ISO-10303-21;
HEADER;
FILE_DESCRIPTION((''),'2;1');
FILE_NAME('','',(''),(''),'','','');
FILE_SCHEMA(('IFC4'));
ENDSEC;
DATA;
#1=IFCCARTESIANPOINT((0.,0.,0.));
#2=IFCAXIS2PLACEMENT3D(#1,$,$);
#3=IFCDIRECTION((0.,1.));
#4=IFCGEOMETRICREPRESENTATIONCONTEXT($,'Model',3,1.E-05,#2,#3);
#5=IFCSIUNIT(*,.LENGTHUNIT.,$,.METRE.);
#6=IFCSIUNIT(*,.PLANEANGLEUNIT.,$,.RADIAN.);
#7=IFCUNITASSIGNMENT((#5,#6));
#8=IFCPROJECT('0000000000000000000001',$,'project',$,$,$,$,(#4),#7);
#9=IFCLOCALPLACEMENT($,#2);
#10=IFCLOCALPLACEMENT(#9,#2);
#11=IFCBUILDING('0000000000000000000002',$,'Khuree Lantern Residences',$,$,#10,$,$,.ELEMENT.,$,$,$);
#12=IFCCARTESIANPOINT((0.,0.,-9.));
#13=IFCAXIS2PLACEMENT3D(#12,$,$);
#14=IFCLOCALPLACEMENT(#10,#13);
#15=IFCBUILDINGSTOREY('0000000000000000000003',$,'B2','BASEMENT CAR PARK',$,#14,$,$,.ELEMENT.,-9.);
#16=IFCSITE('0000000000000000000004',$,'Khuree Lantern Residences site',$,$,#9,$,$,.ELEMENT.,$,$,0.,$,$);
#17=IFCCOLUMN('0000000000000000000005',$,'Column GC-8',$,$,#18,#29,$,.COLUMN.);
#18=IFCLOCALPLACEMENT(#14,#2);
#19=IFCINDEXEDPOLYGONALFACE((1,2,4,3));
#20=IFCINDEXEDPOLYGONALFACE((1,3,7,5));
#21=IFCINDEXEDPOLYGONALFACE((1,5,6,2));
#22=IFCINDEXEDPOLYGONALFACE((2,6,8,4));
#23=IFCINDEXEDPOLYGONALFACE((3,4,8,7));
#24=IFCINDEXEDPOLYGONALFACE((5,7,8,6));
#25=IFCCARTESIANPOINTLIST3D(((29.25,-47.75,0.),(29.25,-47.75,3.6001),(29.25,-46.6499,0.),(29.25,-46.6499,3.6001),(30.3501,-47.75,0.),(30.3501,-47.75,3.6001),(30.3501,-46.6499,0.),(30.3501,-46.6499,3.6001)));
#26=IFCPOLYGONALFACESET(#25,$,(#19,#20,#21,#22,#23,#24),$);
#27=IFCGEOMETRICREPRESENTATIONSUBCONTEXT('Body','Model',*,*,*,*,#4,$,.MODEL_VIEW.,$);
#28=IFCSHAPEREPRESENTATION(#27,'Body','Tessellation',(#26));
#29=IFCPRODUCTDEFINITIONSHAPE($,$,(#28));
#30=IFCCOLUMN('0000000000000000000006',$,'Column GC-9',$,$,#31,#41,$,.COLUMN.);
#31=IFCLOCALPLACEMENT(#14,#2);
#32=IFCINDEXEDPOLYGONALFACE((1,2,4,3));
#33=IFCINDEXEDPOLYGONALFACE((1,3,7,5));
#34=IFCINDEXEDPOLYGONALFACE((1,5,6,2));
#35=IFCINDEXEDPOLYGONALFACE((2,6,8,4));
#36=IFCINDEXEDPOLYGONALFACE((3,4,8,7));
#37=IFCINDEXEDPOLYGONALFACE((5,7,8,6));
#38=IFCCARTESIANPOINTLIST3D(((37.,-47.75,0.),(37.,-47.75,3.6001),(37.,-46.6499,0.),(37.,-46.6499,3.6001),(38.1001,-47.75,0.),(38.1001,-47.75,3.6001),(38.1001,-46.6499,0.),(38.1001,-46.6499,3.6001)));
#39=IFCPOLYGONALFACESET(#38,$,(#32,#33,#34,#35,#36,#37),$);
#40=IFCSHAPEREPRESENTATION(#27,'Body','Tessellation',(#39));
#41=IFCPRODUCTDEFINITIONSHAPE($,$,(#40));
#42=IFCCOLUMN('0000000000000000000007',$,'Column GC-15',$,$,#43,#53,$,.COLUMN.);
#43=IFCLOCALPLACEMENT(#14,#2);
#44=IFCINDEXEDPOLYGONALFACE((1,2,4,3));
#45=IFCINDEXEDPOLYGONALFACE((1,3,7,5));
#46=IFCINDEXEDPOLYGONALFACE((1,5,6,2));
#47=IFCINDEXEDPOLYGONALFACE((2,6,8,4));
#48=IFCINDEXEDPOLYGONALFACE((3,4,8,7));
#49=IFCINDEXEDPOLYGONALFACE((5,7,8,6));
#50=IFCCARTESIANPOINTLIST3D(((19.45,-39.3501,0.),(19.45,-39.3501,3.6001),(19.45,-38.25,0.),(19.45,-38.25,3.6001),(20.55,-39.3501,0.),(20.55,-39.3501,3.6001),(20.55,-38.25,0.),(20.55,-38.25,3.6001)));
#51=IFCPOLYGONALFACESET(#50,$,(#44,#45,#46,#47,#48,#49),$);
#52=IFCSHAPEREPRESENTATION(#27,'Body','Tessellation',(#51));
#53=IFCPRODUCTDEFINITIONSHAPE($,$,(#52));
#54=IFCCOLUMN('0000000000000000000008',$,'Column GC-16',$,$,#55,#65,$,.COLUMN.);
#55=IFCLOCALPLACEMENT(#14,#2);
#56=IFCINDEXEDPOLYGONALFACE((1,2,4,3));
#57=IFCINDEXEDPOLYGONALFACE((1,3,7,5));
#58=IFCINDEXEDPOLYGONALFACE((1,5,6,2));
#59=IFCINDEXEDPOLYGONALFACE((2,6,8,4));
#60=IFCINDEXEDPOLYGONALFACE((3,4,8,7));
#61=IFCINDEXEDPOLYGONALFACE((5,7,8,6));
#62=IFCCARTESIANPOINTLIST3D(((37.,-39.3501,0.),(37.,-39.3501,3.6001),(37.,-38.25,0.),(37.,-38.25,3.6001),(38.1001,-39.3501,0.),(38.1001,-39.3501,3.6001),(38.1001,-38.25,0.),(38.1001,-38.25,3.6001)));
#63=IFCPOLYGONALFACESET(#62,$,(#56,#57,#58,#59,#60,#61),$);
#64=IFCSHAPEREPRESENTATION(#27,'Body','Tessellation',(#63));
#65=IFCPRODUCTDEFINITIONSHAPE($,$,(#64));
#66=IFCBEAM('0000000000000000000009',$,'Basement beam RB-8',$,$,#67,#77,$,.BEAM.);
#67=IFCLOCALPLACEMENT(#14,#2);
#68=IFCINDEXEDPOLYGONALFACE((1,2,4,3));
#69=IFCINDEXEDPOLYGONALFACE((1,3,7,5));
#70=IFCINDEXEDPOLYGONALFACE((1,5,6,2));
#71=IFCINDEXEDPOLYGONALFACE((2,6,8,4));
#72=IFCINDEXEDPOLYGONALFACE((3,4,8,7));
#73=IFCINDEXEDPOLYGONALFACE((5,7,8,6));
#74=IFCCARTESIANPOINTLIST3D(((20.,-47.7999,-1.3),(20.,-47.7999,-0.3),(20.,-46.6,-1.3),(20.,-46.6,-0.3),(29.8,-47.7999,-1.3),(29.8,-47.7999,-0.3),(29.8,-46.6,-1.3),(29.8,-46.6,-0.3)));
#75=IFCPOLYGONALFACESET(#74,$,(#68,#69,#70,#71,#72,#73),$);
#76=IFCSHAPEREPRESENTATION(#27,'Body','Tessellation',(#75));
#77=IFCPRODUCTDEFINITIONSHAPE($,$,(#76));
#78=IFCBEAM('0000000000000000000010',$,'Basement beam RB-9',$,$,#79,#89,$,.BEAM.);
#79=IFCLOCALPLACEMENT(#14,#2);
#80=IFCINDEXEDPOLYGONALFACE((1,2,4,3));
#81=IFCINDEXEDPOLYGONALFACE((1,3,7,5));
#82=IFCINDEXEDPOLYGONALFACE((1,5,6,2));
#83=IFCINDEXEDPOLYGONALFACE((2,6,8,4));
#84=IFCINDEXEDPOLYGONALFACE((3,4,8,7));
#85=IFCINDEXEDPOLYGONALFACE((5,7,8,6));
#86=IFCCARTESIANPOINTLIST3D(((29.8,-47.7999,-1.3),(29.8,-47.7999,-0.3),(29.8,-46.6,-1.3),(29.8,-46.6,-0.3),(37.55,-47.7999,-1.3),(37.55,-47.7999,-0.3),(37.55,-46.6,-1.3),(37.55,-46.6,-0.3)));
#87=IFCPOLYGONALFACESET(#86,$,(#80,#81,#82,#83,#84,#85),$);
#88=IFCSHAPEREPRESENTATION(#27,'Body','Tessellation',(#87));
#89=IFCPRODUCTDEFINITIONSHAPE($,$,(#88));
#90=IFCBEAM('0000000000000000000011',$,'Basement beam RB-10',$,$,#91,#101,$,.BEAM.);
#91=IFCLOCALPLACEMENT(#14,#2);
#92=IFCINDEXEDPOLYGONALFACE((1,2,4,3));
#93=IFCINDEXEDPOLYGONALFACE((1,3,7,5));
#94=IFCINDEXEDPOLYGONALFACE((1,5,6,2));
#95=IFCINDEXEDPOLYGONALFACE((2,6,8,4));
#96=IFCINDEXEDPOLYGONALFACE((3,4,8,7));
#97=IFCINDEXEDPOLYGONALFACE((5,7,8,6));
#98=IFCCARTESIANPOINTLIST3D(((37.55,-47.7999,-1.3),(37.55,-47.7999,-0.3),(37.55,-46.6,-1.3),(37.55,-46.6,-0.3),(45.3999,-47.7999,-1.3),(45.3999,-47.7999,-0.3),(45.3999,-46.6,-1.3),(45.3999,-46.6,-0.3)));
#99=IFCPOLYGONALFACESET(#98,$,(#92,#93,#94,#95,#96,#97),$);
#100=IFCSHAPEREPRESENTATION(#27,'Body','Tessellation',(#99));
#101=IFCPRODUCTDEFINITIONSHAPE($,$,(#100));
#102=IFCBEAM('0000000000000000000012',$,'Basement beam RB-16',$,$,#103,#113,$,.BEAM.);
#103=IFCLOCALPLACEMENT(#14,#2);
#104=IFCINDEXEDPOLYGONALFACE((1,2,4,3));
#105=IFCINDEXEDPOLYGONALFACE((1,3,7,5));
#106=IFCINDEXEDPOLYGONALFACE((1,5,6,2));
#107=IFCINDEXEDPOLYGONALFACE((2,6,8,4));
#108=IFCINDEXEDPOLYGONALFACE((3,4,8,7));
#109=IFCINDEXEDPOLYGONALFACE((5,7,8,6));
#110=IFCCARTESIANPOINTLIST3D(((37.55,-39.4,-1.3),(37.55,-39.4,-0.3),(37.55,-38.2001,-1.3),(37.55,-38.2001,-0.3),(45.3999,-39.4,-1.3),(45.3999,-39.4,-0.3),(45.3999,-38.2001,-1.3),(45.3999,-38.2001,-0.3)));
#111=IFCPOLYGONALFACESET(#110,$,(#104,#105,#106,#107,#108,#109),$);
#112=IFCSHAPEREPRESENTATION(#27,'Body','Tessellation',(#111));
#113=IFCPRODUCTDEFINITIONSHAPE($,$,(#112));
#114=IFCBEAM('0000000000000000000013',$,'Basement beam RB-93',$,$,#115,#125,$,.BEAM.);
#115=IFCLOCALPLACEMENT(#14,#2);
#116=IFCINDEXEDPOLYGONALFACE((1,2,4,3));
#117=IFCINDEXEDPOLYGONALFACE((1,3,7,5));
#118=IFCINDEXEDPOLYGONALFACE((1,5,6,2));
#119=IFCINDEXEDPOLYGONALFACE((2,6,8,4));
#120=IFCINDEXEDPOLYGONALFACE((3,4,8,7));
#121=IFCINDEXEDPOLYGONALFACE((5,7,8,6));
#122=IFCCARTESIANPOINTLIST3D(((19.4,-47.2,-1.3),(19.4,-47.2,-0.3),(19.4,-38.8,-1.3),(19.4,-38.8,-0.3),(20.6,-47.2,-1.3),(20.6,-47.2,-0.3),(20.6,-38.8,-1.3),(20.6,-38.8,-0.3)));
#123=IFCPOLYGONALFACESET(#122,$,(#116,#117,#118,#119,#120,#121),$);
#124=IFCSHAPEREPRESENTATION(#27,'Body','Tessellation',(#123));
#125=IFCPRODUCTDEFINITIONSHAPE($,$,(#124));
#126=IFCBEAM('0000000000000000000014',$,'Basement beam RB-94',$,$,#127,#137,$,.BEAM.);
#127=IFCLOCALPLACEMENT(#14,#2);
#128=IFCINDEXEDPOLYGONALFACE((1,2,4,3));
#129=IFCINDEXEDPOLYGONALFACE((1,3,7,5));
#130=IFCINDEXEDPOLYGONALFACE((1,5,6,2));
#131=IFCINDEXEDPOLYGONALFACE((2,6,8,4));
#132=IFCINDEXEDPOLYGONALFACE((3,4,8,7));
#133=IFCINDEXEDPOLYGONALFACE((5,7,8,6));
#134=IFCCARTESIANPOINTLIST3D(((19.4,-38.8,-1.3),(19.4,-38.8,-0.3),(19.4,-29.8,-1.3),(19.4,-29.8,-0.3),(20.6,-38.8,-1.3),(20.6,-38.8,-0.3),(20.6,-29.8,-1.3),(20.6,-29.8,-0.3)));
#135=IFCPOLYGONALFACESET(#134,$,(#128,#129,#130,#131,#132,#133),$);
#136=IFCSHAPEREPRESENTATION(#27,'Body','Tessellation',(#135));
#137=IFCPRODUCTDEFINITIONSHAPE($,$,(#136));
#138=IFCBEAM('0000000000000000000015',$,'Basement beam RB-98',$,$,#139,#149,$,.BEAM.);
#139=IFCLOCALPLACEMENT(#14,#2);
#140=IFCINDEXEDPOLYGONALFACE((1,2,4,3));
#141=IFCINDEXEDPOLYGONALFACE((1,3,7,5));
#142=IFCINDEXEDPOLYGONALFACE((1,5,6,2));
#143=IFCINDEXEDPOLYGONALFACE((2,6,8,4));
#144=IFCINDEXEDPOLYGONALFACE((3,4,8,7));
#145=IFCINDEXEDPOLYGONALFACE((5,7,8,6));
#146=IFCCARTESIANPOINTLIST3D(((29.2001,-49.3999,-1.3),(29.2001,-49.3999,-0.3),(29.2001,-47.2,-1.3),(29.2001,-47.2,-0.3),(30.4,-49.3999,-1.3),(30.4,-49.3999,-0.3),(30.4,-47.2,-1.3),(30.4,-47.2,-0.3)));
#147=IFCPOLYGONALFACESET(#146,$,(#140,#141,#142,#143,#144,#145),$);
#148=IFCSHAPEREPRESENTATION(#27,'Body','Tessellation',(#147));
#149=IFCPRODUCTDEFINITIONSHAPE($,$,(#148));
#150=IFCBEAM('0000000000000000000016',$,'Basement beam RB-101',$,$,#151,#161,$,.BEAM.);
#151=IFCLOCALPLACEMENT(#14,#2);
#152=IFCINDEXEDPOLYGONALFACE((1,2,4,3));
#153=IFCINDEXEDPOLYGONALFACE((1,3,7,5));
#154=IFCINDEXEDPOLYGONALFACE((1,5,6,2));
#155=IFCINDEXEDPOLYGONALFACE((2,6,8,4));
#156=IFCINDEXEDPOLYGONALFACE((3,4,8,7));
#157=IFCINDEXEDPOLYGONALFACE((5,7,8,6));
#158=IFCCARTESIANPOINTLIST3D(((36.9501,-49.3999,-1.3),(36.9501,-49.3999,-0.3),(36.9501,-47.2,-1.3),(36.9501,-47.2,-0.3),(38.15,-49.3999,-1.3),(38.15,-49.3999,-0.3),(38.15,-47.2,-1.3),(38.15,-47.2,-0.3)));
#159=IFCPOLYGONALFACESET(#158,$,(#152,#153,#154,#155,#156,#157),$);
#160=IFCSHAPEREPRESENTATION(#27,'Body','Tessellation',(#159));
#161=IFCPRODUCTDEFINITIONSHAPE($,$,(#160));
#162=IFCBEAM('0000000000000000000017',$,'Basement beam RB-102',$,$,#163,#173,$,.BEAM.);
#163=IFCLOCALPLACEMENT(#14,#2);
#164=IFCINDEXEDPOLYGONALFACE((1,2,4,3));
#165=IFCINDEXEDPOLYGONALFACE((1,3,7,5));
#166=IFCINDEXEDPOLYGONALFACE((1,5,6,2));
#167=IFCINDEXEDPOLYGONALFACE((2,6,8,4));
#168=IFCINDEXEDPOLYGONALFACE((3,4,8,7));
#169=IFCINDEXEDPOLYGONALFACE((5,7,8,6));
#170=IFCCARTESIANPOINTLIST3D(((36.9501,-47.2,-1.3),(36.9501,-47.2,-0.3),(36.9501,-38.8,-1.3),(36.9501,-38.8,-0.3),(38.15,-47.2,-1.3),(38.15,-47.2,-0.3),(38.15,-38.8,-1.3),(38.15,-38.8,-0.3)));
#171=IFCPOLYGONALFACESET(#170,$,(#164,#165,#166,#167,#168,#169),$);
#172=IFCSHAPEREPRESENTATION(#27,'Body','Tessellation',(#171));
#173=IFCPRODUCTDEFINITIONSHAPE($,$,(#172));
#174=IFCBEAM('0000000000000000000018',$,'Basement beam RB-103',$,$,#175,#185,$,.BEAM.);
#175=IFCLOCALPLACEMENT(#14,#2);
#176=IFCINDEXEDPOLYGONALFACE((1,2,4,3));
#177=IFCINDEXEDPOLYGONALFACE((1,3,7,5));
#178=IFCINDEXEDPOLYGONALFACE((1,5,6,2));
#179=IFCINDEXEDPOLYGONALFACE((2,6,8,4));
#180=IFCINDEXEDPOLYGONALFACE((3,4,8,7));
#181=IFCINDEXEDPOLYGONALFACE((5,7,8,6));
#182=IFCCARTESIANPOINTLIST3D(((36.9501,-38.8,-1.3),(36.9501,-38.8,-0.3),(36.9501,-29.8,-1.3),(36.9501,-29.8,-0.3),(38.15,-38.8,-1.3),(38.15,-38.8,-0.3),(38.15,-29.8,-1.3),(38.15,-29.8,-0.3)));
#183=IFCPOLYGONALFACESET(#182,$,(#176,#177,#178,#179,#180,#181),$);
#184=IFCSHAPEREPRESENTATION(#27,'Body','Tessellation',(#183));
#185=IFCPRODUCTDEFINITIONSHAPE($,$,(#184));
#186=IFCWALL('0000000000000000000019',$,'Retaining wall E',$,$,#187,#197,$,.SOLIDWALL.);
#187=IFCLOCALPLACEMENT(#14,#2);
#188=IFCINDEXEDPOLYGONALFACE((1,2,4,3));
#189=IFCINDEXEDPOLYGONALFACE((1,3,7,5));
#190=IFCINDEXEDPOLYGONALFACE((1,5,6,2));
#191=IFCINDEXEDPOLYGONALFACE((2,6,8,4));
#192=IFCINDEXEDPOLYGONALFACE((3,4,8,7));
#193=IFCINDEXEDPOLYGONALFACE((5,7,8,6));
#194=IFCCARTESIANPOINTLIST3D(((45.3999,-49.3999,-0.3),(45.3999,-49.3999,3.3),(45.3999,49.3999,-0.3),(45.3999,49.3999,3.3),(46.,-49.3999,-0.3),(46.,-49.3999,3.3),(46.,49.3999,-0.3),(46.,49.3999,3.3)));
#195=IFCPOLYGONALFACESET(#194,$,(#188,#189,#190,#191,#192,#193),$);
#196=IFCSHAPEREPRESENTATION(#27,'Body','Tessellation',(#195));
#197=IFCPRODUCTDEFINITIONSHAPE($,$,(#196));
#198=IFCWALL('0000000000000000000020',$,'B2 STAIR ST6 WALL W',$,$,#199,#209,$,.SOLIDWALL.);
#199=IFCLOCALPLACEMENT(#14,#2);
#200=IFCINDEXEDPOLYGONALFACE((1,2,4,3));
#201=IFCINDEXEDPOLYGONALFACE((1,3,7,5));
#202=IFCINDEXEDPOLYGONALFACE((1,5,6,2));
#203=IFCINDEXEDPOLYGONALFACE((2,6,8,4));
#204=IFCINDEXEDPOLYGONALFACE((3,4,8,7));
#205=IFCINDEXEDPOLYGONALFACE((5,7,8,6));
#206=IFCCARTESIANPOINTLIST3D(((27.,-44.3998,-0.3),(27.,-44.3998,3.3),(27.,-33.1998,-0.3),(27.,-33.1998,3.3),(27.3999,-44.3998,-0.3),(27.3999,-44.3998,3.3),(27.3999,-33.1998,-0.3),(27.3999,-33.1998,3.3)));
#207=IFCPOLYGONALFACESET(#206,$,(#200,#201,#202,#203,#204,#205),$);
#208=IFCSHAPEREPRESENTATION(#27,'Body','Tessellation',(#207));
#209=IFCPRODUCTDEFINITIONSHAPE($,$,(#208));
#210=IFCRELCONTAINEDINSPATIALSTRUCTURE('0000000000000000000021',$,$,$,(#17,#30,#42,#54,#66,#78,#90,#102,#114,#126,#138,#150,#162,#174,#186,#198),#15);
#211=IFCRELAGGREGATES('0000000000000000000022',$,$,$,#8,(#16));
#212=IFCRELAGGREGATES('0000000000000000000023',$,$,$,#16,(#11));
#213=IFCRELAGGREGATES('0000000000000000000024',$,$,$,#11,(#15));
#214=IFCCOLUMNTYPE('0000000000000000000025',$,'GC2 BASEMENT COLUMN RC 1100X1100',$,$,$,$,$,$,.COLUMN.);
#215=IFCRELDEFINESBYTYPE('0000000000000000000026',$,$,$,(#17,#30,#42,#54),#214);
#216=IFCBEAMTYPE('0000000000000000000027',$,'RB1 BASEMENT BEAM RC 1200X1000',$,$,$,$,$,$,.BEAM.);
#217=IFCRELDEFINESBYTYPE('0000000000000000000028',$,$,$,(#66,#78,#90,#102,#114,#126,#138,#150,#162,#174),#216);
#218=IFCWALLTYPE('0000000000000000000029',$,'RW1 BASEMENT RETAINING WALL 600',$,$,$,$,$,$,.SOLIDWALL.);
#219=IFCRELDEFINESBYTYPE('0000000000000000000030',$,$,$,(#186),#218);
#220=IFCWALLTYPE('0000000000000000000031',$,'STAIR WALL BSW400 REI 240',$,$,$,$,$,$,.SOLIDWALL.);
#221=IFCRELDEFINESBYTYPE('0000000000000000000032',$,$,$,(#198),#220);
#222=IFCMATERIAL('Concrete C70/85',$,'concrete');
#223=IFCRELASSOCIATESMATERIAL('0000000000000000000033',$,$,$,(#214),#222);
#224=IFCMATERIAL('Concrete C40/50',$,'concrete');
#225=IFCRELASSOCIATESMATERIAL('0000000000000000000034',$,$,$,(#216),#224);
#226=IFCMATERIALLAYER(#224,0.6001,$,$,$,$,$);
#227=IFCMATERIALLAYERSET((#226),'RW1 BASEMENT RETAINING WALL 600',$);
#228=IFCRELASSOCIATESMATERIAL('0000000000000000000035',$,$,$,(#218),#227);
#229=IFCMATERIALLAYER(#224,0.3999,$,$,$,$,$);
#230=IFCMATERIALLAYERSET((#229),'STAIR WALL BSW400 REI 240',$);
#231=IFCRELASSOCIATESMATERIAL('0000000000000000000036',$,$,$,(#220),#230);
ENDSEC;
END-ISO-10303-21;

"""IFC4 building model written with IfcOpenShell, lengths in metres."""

from ifc_helpers import new_model, si_unit, direction, frame, frame_2d, origin, origin_2d, place, context, subcontext, project, spatial, rectangle, extrude, material, layer, layer_set, material_profile, profile_set, type_object, element, save


model = new_model("IFC4")

# Units and contexts
model_context = context("Model", 3, precision=1e-05, world=origin(), true_north=direction((0.0, 1.0)))
body_context = subcontext(model_context, "Body", "Model", "MODEL_VIEW")
ifc_project = project(units=[si_unit("LENGTHUNIT", "METRE"), si_unit("PLANEANGLEUNIT", "RADIAN")], contexts=[model_context])

# Site, building, storey
site_placement = place(None, origin())
site = spatial("IfcSite", under=ifc_project, at=site_placement, Name="Khuree Lantern Residences site", CompositionType="ELEMENT", RefElevation=0.0)
building_placement = place(site_placement, origin())
building = spatial("IfcBuilding", under=site, at=building_placement, Name="Khuree Lantern Residences", CompositionType="ELEMENT")
storey_placement = place(building_placement, frame((0.0, 0.0, -9.0)))
storey = spatial("IfcBuildingStorey", under=building, at=storey_placement, Name="B2", Description="BASEMENT CAR PARK", CompositionType="ELEMENT", Elevation=-9.0)

# Columns
ifc_material_1 = material(Name="Concrete C70/85", Category="concrete")
ifc_material_profile_1 = material_profile(ifc_material_1, rectangle(XDim=1.1001, YDim=1.1001, at=origin_2d()), Name="RC 1100X1100")
ifc_profile_set_1 = profile_set([ifc_material_profile_1], Name="Concrete C70/85")
column_type = type_object("IfcColumnType", Name="GC2 BASEMENT COLUMN RC 1100X1100", PredefinedType="COLUMN", material=ifc_profile_set_1)
for number, where, z_axis, x_axis, name in (
    (1, (29.8, -47.2, 0.0), (0.0, 0.0, 1.0), (1.0, 0.0, 0.0), "Column GC-8"),
    (2, (37.55, -47.2, 0.0), (0.0, 0.0, 1.0), (1.0, 0.0, 0.0), "Column GC-9"),
    (3, (20.0, -38.8, 0.0), (0.0, 0.0, 1.0), (1.0, 0.0, 0.0), "Column GC-15"),
    (4, (37.55, -38.8, 0.0), (0.0, 0.0, 1.0), (1.0, 0.0, 0.0), "Column GC-16"),
):
    element("IfcColumn", number, at=place(storey_placement, frame(where, z_axis=z_axis, x_axis=x_axis)), inside=storey, type_object=column_type, Name=name, PredefinedType="COLUMN", context=body_context, shape_type="SweptSolid", body=[
        extrude(rectangle(XDim=1.1001, YDim=1.1001, at=origin_2d()), origin(), (0.0, 0.0, 1.0), 3.6001),
    ])

# Beams
ifc_material_2 = material(Name="Concrete C40/50", Category="concrete")
ifc_material_profile_2 = material_profile(ifc_material_2, rectangle(XDim=1.2, YDim=1.0, at=origin_2d()), Name="RC 1200X1000")
ifc_profile_set_2 = profile_set([ifc_material_profile_2], Name="Concrete C40/50")
beam_type = type_object("IfcBeamType", Name="RB1 BASEMENT BEAM RC 1200X1000", PredefinedType="BEAM", material=ifc_profile_set_2)
beam_1_placement = place(storey_placement, frame((20.0, -47.2, -0.8), z_axis=(1.0, 0.0, 0.0), x_axis=(0.0, 1.0, 0.0)))
element("IfcBeam", 5, at=beam_1_placement, inside=storey, type_object=beam_type, Name="Basement beam RB-8", PredefinedType="BEAM", context=body_context, shape_type="SweptSolid", body=[
    extrude(rectangle(XDim=1.2, YDim=1.0, at=origin_2d()), origin(), (0.0, 0.0, 1.0), 9.8),
])
beam_2_placement = place(storey_placement, frame((29.8, -47.2, -0.8), z_axis=(1.0, 0.0, 0.0), x_axis=(0.0, 1.0, 0.0)))
element("IfcBeam", 6, at=beam_2_placement, inside=storey, type_object=beam_type, Name="Basement beam RB-9", PredefinedType="BEAM", context=body_context, shape_type="SweptSolid", body=[
    extrude(rectangle(XDim=1.2, YDim=1.0, at=origin_2d()), origin(), (0.0, 0.0, 1.0), 7.75),
])
for number, where, z_axis, x_axis, name in (
    (7, (37.55, -47.2, -0.8), (1.0, 0.0, 0.0), (0.0, 1.0, 0.0), "Basement beam RB-10"),
    (8, (37.55, -38.8, -0.8), (1.0, 0.0, 0.0), (0.0, 1.0, 0.0), "Basement beam RB-16"),
):
    element("IfcBeam", number, at=place(storey_placement, frame(where, z_axis=z_axis, x_axis=x_axis)), inside=storey, type_object=beam_type, Name=name, PredefinedType="BEAM", context=body_context, shape_type="SweptSolid", body=[
        extrude(rectangle(XDim=1.2, YDim=1.0, at=origin_2d()), origin(), (0.0, 0.0, 1.0), 7.8499),
    ])
beam_3_placement = place(storey_placement, frame((20.0, -47.2, -0.8), z_axis=(0.0, 1.0, 0.0), x_axis=(-1.0, 0.0, 0.0)))
element("IfcBeam", 9, at=beam_3_placement, inside=storey, type_object=beam_type, Name="Basement beam RB-93", PredefinedType="BEAM", context=body_context, shape_type="SweptSolid", body=[
    extrude(rectangle(XDim=1.2, YDim=1.0, at=origin_2d()), origin(), (0.0, 0.0, 1.0), 8.3999),
])
beam_4_placement = place(storey_placement, frame((20.0, -38.8, -0.8), z_axis=(0.0, 1.0, 0.0), x_axis=(-1.0, 0.0, 0.0)))
element("IfcBeam", 10, at=beam_4_placement, inside=storey, type_object=beam_type, Name="Basement beam RB-94", PredefinedType="BEAM", context=body_context, shape_type="SweptSolid", body=[
    extrude(rectangle(XDim=1.2, YDim=1.0, at=origin_2d()), origin(), (0.0, 0.0, 1.0), 9.0),
])
for number, where, z_axis, x_axis, name in (
    (11, (29.8, -49.3999, -0.8), (0.0, 1.0, 0.0), (-1.0, 0.0, 0.0), "Basement beam RB-98"),
    (12, (37.55, -49.3999, -0.8), (0.0, 1.0, 0.0), (-1.0, 0.0, 0.0), "Basement beam RB-101"),
):
    element("IfcBeam", number, at=place(storey_placement, frame(where, z_axis=z_axis, x_axis=x_axis)), inside=storey, type_object=beam_type, Name=name, PredefinedType="BEAM", context=body_context, shape_type="SweptSolid", body=[
        extrude(rectangle(XDim=1.2, YDim=1.0, at=origin_2d()), origin(), (0.0, 0.0, 1.0), 2.2),
    ])
beam_5_placement = place(storey_placement, frame((37.55, -47.2, -0.8), z_axis=(0.0, 1.0, 0.0), x_axis=(-1.0, 0.0, 0.0)))
element("IfcBeam", 13, at=beam_5_placement, inside=storey, type_object=beam_type, Name="Basement beam RB-102", PredefinedType="BEAM", context=body_context, shape_type="SweptSolid", body=[
    extrude(rectangle(XDim=1.2, YDim=1.0, at=origin_2d()), origin(), (0.0, 0.0, 1.0), 8.3999),
])
beam_6_placement = place(storey_placement, frame((37.55, -38.8, -0.8), z_axis=(0.0, 1.0, 0.0), x_axis=(-1.0, 0.0, 0.0)))
element("IfcBeam", 14, at=beam_6_placement, inside=storey, type_object=beam_type, Name="Basement beam RB-103", PredefinedType="BEAM", context=body_context, shape_type="SweptSolid", body=[
    extrude(rectangle(XDim=1.2, YDim=1.0, at=origin_2d()), origin(), (0.0, 0.0, 1.0), 9.0),
])

# Walls
ifc_layer_1 = layer(ifc_material_2, 0.6001)
ifc_layer_set_1 = layer_set([ifc_layer_1], Name="RW1 BASEMENT RETAINING WALL 600")
wall_type_1 = type_object("IfcWallType", Name="RW1 BASEMENT RETAINING WALL 600", PredefinedType="SOLIDWALL", material=ifc_layer_set_1)
wall_1_placement = place(storey_placement, frame((45.7, -49.3999, -0.3), z_axis=(0.0, 0.0, 1.0), x_axis=(0.0, 1.0, 0.0)))
element("IfcWall", 15, at=wall_1_placement, inside=storey, type_object=wall_type_1, Name="Retaining wall E", PredefinedType="SOLIDWALL", context=body_context, shape_type="SweptSolid", body=[
    extrude(rectangle(XDim=98.7998, YDim=0.6001, at=frame_2d((49.3999, 0.0))), origin(), (0.0, 0.0, 1.0), 3.6001),
])
ifc_layer_2 = layer(ifc_material_2, 0.3999)
ifc_layer_set_2 = layer_set([ifc_layer_2], Name="STAIR WALL BSW400 REI 240")
wall_type_2 = type_object("IfcWallType", Name="STAIR WALL BSW400 REI 240", PredefinedType="SOLIDWALL", material=ifc_layer_set_2)
for number, where, z_axis, x_axis, name in (
    (16, (27.2, -44.3999, -0.3), (0.0, 0.0, 1.0), (0.0, 1.0, 0.0), "B2 STAIR ST6 WALL W"),
):
    element("IfcWall", number, at=place(storey_placement, frame(where, z_axis=z_axis, x_axis=x_axis)), inside=storey, type_object=wall_type_2, Name=name, PredefinedType="SOLIDWALL", context=body_context, shape_type="SweptSolid", body=[
        extrude(rectangle(XDim=11.2, YDim=0.3999, at=frame_2d((5.6001, 0.0))), origin(), (0.0, 0.0, 1.0), 3.6001),
    ])

save(model, "model.ifc")
